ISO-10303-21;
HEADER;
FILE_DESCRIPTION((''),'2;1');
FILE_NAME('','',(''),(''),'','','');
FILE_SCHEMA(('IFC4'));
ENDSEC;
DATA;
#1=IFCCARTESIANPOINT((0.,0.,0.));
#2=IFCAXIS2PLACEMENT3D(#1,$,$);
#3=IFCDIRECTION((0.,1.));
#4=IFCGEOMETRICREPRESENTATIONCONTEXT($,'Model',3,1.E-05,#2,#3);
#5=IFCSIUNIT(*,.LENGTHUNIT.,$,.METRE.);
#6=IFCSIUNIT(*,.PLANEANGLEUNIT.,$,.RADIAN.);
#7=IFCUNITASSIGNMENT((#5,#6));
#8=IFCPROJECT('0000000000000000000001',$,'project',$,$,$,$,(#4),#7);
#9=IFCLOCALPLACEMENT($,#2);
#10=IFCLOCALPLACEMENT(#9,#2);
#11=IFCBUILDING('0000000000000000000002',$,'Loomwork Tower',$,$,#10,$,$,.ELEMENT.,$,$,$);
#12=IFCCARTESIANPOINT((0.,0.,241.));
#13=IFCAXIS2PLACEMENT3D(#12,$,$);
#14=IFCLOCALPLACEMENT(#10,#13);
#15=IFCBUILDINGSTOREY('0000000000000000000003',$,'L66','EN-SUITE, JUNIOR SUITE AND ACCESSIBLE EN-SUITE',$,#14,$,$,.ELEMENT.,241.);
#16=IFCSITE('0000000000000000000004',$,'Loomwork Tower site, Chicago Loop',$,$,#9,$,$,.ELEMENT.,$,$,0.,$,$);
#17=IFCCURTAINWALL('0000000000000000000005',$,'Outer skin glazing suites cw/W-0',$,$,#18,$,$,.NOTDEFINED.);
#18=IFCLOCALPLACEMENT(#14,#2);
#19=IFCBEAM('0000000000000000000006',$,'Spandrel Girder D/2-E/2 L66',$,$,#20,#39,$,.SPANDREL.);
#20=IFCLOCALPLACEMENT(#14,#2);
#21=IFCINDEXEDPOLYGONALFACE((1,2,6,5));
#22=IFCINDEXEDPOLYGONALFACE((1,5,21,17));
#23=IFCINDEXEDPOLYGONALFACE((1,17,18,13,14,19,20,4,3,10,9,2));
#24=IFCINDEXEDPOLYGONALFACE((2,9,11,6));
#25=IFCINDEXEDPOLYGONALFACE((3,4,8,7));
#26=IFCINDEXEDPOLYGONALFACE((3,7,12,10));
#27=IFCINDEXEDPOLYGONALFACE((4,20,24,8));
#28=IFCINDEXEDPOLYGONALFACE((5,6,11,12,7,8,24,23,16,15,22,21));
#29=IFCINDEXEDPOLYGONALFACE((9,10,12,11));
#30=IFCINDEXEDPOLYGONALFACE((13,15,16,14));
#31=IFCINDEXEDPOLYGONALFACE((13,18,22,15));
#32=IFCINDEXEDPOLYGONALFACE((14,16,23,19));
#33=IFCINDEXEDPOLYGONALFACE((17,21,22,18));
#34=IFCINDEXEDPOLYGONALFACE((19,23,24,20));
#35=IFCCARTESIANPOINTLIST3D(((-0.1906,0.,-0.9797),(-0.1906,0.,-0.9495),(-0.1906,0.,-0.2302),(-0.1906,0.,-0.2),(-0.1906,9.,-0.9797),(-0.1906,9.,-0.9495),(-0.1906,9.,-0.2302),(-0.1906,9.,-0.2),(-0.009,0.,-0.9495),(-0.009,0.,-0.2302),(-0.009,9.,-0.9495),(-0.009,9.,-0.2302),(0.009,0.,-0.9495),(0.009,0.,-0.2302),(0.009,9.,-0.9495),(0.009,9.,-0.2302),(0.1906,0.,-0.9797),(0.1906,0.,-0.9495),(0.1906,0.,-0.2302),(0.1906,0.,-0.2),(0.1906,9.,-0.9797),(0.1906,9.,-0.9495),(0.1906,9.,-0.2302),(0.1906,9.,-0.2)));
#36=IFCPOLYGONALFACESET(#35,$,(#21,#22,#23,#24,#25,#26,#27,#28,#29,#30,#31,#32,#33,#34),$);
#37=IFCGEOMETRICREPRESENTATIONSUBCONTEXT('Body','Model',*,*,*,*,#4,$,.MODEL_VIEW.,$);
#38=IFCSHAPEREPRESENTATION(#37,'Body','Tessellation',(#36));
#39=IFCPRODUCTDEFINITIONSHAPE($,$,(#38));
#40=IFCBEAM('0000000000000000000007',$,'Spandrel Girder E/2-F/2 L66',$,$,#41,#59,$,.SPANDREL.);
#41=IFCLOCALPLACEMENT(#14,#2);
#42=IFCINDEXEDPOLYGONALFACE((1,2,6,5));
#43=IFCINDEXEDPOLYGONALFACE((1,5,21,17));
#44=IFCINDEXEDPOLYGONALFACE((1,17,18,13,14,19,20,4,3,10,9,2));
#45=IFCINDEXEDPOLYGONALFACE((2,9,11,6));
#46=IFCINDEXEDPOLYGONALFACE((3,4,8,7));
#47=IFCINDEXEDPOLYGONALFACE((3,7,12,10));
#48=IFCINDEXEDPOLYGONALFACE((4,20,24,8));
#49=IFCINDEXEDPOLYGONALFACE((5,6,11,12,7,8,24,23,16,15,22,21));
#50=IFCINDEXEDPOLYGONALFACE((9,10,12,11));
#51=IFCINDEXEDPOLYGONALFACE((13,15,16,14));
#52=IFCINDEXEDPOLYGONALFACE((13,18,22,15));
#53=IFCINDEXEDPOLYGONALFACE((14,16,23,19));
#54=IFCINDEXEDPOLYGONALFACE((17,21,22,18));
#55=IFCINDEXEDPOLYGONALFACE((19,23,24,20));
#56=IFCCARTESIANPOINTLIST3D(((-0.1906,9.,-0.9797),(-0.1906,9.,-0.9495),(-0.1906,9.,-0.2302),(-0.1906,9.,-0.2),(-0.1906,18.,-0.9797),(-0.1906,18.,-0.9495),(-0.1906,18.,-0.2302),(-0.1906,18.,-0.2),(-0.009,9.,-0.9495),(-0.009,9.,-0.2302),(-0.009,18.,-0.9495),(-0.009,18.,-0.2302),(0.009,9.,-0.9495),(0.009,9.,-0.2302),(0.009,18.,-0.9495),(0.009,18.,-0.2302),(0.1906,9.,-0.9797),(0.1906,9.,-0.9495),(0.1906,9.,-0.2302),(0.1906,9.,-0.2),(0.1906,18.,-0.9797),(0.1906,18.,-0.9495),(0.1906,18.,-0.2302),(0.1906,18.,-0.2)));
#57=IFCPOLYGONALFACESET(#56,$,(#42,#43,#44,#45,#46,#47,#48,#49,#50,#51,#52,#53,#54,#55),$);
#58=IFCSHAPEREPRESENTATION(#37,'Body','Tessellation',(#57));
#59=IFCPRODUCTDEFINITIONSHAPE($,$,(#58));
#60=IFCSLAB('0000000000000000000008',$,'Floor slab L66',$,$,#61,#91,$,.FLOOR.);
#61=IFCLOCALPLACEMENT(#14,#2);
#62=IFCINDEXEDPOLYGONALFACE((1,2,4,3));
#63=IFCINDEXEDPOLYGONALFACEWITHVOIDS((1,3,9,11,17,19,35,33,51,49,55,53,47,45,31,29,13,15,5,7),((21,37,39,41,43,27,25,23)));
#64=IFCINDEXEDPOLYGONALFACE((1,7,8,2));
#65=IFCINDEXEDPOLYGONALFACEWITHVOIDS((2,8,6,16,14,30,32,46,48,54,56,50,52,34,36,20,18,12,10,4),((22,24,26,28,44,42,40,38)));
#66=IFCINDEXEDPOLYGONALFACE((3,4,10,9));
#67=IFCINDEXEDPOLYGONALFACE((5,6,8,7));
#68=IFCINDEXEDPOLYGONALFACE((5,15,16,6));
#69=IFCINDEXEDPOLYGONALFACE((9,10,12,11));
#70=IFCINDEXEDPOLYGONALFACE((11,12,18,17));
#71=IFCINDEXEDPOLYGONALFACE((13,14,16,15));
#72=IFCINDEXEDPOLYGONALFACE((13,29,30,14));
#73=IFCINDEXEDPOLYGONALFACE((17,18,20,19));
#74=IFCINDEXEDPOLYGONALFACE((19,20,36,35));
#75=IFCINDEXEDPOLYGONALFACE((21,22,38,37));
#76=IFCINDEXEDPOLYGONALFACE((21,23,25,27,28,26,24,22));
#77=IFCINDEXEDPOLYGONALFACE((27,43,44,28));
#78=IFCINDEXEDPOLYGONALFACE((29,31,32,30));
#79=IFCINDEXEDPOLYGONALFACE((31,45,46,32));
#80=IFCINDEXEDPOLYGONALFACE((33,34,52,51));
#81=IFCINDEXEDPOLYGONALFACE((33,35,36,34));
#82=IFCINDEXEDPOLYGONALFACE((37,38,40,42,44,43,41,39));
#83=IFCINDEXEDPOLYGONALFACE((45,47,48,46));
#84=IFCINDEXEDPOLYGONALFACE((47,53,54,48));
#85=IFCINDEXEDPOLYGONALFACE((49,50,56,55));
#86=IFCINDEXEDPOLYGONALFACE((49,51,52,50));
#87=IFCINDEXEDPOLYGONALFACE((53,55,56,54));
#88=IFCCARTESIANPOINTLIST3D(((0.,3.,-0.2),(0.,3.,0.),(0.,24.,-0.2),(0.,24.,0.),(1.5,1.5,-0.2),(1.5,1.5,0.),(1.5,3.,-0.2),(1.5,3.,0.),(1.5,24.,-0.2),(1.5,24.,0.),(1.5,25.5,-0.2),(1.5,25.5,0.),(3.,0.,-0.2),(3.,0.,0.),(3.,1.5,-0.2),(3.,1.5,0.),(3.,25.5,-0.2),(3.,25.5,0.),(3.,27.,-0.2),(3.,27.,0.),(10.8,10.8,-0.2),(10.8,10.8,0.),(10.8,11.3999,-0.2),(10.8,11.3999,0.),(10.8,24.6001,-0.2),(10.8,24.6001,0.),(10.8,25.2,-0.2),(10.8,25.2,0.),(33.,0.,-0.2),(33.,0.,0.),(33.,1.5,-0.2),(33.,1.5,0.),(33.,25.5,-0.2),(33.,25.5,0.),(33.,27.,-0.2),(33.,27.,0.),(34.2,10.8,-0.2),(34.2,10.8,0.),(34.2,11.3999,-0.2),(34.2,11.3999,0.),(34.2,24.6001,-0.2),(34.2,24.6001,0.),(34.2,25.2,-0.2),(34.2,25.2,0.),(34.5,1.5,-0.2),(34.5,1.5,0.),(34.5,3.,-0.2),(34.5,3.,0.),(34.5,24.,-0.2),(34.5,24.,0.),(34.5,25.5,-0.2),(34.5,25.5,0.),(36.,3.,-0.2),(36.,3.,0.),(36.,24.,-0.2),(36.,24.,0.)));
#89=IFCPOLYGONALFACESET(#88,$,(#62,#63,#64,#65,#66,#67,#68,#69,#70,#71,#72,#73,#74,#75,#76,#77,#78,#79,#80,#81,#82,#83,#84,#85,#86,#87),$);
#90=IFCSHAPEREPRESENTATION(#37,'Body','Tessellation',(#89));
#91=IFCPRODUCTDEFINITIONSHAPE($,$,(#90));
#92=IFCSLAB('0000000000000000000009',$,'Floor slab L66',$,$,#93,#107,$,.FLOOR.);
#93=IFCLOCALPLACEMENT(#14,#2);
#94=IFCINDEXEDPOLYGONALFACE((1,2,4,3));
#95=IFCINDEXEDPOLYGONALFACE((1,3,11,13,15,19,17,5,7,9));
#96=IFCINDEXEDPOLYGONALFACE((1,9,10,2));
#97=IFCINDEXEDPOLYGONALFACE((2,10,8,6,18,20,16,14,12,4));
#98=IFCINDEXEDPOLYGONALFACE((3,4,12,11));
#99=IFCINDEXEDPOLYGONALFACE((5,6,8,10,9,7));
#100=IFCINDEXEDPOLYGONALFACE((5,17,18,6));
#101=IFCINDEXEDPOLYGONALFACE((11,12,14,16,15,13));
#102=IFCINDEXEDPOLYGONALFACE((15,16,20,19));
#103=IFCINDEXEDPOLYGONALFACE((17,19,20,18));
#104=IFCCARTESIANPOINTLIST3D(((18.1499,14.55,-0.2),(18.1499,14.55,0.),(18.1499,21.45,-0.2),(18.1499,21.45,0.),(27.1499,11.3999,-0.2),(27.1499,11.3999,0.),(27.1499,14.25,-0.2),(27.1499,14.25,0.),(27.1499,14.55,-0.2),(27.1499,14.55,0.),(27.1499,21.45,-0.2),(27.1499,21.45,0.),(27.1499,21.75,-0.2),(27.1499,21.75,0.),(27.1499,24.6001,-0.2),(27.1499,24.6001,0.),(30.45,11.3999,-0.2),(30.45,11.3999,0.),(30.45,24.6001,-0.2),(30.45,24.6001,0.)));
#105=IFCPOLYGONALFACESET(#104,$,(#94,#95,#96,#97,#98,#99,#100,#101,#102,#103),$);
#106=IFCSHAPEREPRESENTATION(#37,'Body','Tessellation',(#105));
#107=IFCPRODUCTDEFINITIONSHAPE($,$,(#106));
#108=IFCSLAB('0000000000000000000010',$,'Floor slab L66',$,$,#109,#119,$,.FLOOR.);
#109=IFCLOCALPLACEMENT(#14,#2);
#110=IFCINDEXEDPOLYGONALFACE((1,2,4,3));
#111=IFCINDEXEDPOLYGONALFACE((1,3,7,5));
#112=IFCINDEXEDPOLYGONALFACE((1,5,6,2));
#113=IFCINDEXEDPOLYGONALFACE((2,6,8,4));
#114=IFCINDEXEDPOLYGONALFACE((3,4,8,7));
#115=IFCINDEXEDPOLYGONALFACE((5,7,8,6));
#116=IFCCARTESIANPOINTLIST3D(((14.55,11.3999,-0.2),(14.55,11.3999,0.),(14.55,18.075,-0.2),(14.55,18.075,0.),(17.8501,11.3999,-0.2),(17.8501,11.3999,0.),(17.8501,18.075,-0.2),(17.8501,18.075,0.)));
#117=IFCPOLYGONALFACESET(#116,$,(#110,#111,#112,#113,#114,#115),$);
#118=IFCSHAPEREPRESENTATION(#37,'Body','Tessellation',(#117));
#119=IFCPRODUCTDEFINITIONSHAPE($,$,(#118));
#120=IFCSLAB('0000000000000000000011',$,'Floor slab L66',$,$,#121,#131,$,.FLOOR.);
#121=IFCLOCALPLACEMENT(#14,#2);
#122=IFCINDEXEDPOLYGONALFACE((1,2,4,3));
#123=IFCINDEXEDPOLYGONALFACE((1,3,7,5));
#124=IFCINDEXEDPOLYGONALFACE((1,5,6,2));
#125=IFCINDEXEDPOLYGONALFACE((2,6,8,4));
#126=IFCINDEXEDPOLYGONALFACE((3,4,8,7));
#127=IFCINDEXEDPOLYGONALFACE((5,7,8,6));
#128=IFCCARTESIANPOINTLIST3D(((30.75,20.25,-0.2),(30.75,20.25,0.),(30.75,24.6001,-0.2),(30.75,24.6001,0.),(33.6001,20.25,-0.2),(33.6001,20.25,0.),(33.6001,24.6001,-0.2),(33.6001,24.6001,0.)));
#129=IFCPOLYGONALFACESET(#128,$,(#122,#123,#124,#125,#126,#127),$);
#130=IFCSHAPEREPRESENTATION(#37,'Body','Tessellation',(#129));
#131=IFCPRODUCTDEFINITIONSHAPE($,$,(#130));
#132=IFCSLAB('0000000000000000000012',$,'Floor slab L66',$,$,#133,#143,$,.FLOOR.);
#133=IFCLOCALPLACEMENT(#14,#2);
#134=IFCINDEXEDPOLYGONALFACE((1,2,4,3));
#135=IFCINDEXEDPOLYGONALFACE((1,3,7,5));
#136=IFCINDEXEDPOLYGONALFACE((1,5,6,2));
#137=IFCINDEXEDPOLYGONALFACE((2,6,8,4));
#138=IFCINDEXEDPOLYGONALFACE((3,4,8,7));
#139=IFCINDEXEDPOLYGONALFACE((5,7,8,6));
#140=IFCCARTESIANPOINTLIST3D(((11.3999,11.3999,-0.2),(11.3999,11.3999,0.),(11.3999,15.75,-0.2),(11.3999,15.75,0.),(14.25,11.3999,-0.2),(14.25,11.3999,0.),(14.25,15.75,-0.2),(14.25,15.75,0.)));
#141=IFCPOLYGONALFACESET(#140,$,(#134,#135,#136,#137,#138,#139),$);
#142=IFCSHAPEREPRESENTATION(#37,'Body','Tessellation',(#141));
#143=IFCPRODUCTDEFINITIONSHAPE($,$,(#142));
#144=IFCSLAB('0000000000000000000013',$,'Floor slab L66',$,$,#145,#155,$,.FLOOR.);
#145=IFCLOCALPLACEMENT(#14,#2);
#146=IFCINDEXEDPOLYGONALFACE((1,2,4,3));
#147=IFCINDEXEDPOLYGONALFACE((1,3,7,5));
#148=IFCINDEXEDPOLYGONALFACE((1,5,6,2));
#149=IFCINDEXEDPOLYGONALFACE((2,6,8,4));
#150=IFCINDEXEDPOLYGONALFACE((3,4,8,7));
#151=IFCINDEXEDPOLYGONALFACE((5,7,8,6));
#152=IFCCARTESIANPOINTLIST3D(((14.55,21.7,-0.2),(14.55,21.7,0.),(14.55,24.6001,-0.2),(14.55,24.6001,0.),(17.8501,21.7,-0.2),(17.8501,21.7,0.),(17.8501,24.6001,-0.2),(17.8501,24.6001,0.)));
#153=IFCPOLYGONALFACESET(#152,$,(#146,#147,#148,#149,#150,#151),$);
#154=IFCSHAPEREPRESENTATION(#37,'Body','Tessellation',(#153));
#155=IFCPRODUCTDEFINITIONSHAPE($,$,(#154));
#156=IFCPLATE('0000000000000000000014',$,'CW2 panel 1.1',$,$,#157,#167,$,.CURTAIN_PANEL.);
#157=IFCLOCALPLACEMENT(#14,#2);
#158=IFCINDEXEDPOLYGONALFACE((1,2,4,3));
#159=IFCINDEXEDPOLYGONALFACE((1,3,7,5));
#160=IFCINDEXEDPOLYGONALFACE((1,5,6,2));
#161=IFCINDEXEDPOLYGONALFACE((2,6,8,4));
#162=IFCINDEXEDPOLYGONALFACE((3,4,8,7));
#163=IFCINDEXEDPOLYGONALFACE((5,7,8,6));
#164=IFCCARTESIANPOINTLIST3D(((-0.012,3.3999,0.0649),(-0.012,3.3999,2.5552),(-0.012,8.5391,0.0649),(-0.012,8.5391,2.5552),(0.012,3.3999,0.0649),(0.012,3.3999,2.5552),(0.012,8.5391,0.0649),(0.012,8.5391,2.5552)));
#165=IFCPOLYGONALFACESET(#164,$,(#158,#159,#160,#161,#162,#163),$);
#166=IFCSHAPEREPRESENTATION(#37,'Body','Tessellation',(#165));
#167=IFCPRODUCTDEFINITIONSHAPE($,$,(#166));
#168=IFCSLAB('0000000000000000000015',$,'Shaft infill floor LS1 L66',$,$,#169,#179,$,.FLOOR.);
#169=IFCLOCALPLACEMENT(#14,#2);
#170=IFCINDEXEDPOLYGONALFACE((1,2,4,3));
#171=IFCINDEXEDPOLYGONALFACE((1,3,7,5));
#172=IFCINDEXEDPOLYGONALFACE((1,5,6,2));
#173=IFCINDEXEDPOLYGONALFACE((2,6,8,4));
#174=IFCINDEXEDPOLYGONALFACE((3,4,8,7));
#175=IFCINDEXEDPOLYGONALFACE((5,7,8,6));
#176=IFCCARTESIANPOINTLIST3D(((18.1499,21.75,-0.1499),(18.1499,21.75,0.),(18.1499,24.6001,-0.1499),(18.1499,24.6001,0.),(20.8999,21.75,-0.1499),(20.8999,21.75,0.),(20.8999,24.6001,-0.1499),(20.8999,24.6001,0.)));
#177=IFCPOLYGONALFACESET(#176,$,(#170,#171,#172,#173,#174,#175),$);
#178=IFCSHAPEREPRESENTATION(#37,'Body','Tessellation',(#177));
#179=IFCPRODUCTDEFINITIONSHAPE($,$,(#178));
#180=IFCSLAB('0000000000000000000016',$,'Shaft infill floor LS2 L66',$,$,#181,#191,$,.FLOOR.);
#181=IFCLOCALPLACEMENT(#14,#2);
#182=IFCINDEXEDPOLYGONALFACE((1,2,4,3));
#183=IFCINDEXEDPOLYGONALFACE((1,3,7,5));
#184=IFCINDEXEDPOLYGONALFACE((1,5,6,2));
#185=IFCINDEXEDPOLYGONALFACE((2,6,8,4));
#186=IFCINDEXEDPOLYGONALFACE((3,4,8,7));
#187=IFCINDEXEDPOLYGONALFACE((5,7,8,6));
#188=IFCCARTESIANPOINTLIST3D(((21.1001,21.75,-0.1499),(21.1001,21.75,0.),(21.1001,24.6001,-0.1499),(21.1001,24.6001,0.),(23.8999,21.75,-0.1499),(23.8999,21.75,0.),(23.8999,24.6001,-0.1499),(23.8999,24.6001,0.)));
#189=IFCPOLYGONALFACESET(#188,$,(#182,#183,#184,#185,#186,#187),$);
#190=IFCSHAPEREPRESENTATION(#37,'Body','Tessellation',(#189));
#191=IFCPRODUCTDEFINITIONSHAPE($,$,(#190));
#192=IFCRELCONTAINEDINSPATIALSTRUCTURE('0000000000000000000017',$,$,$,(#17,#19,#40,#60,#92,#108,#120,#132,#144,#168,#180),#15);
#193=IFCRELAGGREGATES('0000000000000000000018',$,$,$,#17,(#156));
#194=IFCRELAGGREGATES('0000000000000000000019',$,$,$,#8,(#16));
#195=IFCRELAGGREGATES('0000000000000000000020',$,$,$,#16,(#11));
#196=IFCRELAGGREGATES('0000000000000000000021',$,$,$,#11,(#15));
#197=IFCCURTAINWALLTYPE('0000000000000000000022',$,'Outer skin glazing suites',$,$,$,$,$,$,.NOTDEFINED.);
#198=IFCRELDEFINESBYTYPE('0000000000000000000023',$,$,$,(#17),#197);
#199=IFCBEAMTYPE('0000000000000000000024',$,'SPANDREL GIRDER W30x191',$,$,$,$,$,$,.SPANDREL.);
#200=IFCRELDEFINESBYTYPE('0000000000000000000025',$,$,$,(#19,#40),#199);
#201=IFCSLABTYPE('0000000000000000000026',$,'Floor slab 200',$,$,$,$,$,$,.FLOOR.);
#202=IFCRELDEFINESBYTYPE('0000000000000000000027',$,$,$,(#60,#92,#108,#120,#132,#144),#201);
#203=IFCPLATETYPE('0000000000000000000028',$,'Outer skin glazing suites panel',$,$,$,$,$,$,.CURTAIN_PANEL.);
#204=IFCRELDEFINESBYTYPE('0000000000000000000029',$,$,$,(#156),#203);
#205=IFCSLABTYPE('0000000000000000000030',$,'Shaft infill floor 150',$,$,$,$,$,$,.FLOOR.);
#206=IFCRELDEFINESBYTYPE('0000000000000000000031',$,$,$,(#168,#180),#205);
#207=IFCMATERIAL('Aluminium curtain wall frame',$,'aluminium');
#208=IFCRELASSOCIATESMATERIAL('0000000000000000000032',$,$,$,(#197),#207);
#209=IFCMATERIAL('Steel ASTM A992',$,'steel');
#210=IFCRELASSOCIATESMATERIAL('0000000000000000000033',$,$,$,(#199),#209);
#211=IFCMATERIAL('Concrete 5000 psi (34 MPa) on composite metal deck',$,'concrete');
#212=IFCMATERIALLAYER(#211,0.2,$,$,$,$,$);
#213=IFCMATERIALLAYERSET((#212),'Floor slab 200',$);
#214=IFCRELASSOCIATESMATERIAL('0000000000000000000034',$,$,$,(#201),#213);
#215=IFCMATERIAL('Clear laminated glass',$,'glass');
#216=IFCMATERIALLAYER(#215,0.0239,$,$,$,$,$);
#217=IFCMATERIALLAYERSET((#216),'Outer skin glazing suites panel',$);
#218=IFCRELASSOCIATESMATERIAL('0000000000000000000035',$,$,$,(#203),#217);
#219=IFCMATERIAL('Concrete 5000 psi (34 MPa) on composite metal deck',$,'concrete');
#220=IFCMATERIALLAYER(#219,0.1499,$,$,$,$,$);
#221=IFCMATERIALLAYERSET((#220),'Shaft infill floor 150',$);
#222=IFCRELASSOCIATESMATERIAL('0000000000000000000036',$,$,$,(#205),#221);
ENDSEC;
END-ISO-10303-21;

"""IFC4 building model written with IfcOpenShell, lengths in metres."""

from ifc_helpers import new_model, si_unit, direction, frame, origin, origin_2d, place, context, subcontext, project, spatial, polyline, rectangle, i_section, outline, extrude, material, layer, layer_set, material_profile, profile_set, type_object, element, aggregate, save


model = new_model("IFC4")

# Units and contexts
model_context = context("Model", 3, precision=1e-05, world=origin(), true_north=direction((0.0, 1.0)))
body_context = subcontext(model_context, "Body", "Model", "MODEL_VIEW")
ifc_project = project(units=[si_unit("LENGTHUNIT", "METRE"), si_unit("PLANEANGLEUNIT", "RADIAN")], contexts=[model_context])

# Site, building, storey
site_placement = place(None, origin())
site = spatial("IfcSite", under=ifc_project, at=site_placement, Name="Loomwork Tower site, Chicago Loop", CompositionType="ELEMENT", RefElevation=0.0)
building_placement = place(site_placement, origin())
building = spatial("IfcBuilding", under=site, at=building_placement, Name="Loomwork Tower", CompositionType="ELEMENT")
storey_placement = place(building_placement, frame((0.0, 0.0, 241.0)))
storey = spatial("IfcBuildingStorey", under=building, at=storey_placement, Name="L66", Description="EN-SUITE, JUNIOR SUITE AND ACCESSIBLE EN-SUITE", CompositionType="ELEMENT", Elevation=241.0)

# Curtain wall
ifc_material_1 = material(Name="Aluminium curtain wall frame", Category="aluminium")
curtain_wall_type = type_object("IfcCurtainWallType", Name="Outer skin glazing suites", PredefinedType="NOTDEFINED", material=ifc_material_1)
curtain_wall_placement = place(storey_placement, origin())
curtain_wall = element("IfcCurtainWall", 1, at=curtain_wall_placement, inside=storey, type_object=curtain_wall_type, Name="Outer skin glazing suites cw/W-0", PredefinedType="NOTDEFINED")

# Beams
ifc_material_2 = material(Name="Steel ASTM A992", Category="steel")
ifc_material_profile_1 = material_profile(ifc_material_2, i_section(OverallWidth=0.3811, OverallDepth=0.7798, WebThickness=0.0181, FlangeThickness=0.0303, at=origin_2d()), Name="W30x191")
ifc_profile_set_1 = profile_set([ifc_material_profile_1], Name="Steel ASTM A992")
beam_type_1 = type_object("IfcBeamType", Name="SPANDREL GIRDER W30x191", PredefinedType="SPANDREL", material=ifc_profile_set_1)
for number, where, z_axis, x_axis, name in (
    (2, (0.0, 0.0, -0.5898), (0.0, 1.0, 0.0), (-1.0, 0.0, 0.0), "Spandrel Girder D/2-E/2 L66"),
    (3, (0.0, 9.0, -0.5898), (0.0, 1.0, 0.0), (-1.0, 0.0, 0.0), "Spandrel Girder E/2-F/2 L66"),
):
    element("IfcBeam", number, at=place(storey_placement, frame(where, z_axis=z_axis, x_axis=x_axis)), inside=storey, type_object=beam_type_1, Name=name, PredefinedType="SPANDREL", context=body_context, shape_type="SweptSolid", body=[
        extrude(i_section(OverallWidth=0.3811, OverallDepth=0.7798, WebThickness=0.0181, FlangeThickness=0.0303, at=origin_2d()), origin(), (0.0, 0.0, 1.0), 9.0),
    ])

# Slabs
ifc_material_3 = material(Name="Concrete 5000 psi (34 MPa) on composite metal deck", Category="concrete")
ifc_layer_1 = layer(ifc_material_3, 0.2)
ifc_layer_set_1 = layer_set([ifc_layer_1], Name="Floor slab 200")
slab_type_1 = type_object("IfcSlabType", Name="Floor slab 200", PredefinedType="FLOOR", material=ifc_layer_set_1)
slab_1_placement = place(storey_placement, frame((0.0, 0.0, -0.2)))
element("IfcSlab", 4, at=slab_1_placement, inside=storey, type_object=slab_type_1, Name="Floor slab L66", PredefinedType="FLOOR", context=body_context, shape_type="SweptSolid", body=[
    extrude(outline(polyline([(3.0, 1.5), (1.5, 1.5), (1.5, 3.0), (0.0, 3.0), (0.0, 24.0), (1.5, 24.0), (1.5, 25.5), (3.0, 25.5), (3.0, 27.0), (33.0, 27.0), (33.0, 25.5), (34.5, 25.5), (34.5, 24.0), (36.0, 24.0), (36.0, 3.0), (34.5, 3.0), (34.5, 1.5), (33.0, 1.5), (33.0, 0.0), (3.0, 0.0), (3.0, 1.5)]), holes=[polyline([(10.8, 11.3999), (10.8, 11.3999), (10.8, 10.8), (34.2, 10.8), (34.2, 11.3999), (34.2, 11.3999), (34.2, 24.6001), (34.2, 25.2), (10.8, 25.2), (10.8, 24.6001), (10.8, 11.3999)])]), origin(), (0.0, 0.0, 1.0), 0.2),
])
slab_2_placement = place(storey_placement, frame((0.0, 0.0, -0.2)))
element("IfcSlab", 5, at=slab_2_placement, inside=storey, type_object=slab_type_1, Name="Floor slab L66", PredefinedType="FLOOR", context=body_context, shape_type="SweptSolid", body=[
    extrude(outline(polyline([(30.45, 24.6001), (30.45, 11.3999), (27.1499, 11.3999), (27.1499, 14.25), (27.1499, 14.55), (18.1499, 14.55), (18.1499, 21.45), (27.1499, 21.45), (27.1499, 21.75), (27.1499, 24.6001), (30.45, 24.6001)])), origin(), (0.0, 0.0, 1.0), 0.2),
])
slab_3_placement = place(storey_placement, frame((0.0, 0.0, -0.2)))
element("IfcSlab", 6, at=slab_3_placement, inside=storey, type_object=slab_type_1, Name="Floor slab L66", PredefinedType="FLOOR", context=body_context, shape_type="SweptSolid", body=[
    extrude(outline(polyline([(14.55, 11.3999), (14.55, 18.075), (17.8501, 18.075), (17.8501, 11.3999), (14.55, 11.3999)])), origin(), (0.0, 0.0, 1.0), 0.2),
])
slab_4_placement = place(storey_placement, frame((0.0, 0.0, -0.2)))
element("IfcSlab", 7, at=slab_4_placement, inside=storey, type_object=slab_type_1, Name="Floor slab L66", PredefinedType="FLOOR", context=body_context, shape_type="SweptSolid", body=[
    extrude(outline(polyline([(33.6001, 20.25), (30.75, 20.25), (30.75, 24.6001), (33.6001, 24.6001), (33.6001, 20.25)])), origin(), (0.0, 0.0, 1.0), 0.2),
])
slab_5_placement = place(storey_placement, frame((0.0, 0.0, -0.2)))
element("IfcSlab", 8, at=slab_5_placement, inside=storey, type_object=slab_type_1, Name="Floor slab L66", PredefinedType="FLOOR", context=body_context, shape_type="SweptSolid", body=[
    extrude(outline(polyline([(14.25, 15.75), (14.25, 11.3999), (11.3999, 11.3999), (11.3999, 15.75), (14.25, 15.75)])), origin(), (0.0, 0.0, 1.0), 0.2),
])
slab_6_placement = place(storey_placement, frame((0.0, 0.0, -0.2)))
element("IfcSlab", 9, at=slab_6_placement, inside=storey, type_object=slab_type_1, Name="Floor slab L66", PredefinedType="FLOOR", context=body_context, shape_type="SweptSolid", body=[
    extrude(outline(polyline([(14.55, 21.7), (14.55, 24.6001), (17.8501, 24.6001), (17.8501, 21.7), (14.55, 21.7)])), origin(), (0.0, 0.0, 1.0), 0.2),
])

# Plate
ifc_material_4 = material(Name="Clear laminated glass", Category="glass")
ifc_layer_2 = layer(ifc_material_4, 0.0239)
ifc_layer_set_2 = layer_set([ifc_layer_2], Name="Outer skin glazing suites panel")
plate_type = type_object("IfcPlateType", Name="Outer skin glazing suites panel", PredefinedType="CURTAIN_PANEL", material=ifc_layer_set_2)
plate_placement = place(storey_placement, frame((0.0, 5.9695, 0.0649), z_axis=(0.0, 0.0, 1.0), x_axis=(0.0, -1.0, 0.0)))
plate = element("IfcPlate", 10, at=plate_placement, type_object=plate_type, Name="CW2 panel 1.1", PredefinedType="CURTAIN_PANEL", context=body_context, shape_type="SweptSolid", body=[
    extrude(rectangle(XDim=5.1392, YDim=0.0239, at=origin_2d()), origin(), (0.0, 0.0, 1.0), 2.4902),
])
aggregate(curtain_wall, [plate])

# Slabs
ifc_material_5 = material(Name="Concrete 5000 psi (34 MPa) on composite metal deck", Category="concrete")
ifc_layer_3 = layer(ifc_material_5, 0.1499)
ifc_layer_set_3 = layer_set([ifc_layer_3], Name="Shaft infill floor 150")
slab_type_2 = type_object("IfcSlabType", Name="Shaft infill floor 150", PredefinedType="FLOOR", material=ifc_layer_set_3)
slab_7_placement = place(storey_placement, frame((0.0, 0.0, -0.1499)))
element("IfcSlab", 11, at=slab_7_placement, inside=storey, type_object=slab_type_2, Name="Shaft infill floor LS1 L66", PredefinedType="FLOOR", context=body_context, shape_type="SweptSolid", body=[
    extrude(outline(polyline([(18.1499, 21.75), (20.8999, 21.75), (20.8999, 24.6001), (18.1499, 24.6001), (18.1499, 21.75)])), origin(), (0.0, 0.0, 1.0), 0.1499),
])
slab_8_placement = place(storey_placement, frame((0.0, 0.0, -0.1499)))
element("IfcSlab", 12, at=slab_8_placement, inside=storey, type_object=slab_type_2, Name="Shaft infill floor LS2 L66", PredefinedType="FLOOR", context=body_context, shape_type="SweptSolid", body=[
    extrude(outline(polyline([(21.1001, 21.75), (23.8999, 21.75), (23.8999, 24.6001), (21.1001, 24.6001), (21.1001, 21.75)])), origin(), (0.0, 0.0, 1.0), 0.1499),
])

save(model, "model.ifc")
